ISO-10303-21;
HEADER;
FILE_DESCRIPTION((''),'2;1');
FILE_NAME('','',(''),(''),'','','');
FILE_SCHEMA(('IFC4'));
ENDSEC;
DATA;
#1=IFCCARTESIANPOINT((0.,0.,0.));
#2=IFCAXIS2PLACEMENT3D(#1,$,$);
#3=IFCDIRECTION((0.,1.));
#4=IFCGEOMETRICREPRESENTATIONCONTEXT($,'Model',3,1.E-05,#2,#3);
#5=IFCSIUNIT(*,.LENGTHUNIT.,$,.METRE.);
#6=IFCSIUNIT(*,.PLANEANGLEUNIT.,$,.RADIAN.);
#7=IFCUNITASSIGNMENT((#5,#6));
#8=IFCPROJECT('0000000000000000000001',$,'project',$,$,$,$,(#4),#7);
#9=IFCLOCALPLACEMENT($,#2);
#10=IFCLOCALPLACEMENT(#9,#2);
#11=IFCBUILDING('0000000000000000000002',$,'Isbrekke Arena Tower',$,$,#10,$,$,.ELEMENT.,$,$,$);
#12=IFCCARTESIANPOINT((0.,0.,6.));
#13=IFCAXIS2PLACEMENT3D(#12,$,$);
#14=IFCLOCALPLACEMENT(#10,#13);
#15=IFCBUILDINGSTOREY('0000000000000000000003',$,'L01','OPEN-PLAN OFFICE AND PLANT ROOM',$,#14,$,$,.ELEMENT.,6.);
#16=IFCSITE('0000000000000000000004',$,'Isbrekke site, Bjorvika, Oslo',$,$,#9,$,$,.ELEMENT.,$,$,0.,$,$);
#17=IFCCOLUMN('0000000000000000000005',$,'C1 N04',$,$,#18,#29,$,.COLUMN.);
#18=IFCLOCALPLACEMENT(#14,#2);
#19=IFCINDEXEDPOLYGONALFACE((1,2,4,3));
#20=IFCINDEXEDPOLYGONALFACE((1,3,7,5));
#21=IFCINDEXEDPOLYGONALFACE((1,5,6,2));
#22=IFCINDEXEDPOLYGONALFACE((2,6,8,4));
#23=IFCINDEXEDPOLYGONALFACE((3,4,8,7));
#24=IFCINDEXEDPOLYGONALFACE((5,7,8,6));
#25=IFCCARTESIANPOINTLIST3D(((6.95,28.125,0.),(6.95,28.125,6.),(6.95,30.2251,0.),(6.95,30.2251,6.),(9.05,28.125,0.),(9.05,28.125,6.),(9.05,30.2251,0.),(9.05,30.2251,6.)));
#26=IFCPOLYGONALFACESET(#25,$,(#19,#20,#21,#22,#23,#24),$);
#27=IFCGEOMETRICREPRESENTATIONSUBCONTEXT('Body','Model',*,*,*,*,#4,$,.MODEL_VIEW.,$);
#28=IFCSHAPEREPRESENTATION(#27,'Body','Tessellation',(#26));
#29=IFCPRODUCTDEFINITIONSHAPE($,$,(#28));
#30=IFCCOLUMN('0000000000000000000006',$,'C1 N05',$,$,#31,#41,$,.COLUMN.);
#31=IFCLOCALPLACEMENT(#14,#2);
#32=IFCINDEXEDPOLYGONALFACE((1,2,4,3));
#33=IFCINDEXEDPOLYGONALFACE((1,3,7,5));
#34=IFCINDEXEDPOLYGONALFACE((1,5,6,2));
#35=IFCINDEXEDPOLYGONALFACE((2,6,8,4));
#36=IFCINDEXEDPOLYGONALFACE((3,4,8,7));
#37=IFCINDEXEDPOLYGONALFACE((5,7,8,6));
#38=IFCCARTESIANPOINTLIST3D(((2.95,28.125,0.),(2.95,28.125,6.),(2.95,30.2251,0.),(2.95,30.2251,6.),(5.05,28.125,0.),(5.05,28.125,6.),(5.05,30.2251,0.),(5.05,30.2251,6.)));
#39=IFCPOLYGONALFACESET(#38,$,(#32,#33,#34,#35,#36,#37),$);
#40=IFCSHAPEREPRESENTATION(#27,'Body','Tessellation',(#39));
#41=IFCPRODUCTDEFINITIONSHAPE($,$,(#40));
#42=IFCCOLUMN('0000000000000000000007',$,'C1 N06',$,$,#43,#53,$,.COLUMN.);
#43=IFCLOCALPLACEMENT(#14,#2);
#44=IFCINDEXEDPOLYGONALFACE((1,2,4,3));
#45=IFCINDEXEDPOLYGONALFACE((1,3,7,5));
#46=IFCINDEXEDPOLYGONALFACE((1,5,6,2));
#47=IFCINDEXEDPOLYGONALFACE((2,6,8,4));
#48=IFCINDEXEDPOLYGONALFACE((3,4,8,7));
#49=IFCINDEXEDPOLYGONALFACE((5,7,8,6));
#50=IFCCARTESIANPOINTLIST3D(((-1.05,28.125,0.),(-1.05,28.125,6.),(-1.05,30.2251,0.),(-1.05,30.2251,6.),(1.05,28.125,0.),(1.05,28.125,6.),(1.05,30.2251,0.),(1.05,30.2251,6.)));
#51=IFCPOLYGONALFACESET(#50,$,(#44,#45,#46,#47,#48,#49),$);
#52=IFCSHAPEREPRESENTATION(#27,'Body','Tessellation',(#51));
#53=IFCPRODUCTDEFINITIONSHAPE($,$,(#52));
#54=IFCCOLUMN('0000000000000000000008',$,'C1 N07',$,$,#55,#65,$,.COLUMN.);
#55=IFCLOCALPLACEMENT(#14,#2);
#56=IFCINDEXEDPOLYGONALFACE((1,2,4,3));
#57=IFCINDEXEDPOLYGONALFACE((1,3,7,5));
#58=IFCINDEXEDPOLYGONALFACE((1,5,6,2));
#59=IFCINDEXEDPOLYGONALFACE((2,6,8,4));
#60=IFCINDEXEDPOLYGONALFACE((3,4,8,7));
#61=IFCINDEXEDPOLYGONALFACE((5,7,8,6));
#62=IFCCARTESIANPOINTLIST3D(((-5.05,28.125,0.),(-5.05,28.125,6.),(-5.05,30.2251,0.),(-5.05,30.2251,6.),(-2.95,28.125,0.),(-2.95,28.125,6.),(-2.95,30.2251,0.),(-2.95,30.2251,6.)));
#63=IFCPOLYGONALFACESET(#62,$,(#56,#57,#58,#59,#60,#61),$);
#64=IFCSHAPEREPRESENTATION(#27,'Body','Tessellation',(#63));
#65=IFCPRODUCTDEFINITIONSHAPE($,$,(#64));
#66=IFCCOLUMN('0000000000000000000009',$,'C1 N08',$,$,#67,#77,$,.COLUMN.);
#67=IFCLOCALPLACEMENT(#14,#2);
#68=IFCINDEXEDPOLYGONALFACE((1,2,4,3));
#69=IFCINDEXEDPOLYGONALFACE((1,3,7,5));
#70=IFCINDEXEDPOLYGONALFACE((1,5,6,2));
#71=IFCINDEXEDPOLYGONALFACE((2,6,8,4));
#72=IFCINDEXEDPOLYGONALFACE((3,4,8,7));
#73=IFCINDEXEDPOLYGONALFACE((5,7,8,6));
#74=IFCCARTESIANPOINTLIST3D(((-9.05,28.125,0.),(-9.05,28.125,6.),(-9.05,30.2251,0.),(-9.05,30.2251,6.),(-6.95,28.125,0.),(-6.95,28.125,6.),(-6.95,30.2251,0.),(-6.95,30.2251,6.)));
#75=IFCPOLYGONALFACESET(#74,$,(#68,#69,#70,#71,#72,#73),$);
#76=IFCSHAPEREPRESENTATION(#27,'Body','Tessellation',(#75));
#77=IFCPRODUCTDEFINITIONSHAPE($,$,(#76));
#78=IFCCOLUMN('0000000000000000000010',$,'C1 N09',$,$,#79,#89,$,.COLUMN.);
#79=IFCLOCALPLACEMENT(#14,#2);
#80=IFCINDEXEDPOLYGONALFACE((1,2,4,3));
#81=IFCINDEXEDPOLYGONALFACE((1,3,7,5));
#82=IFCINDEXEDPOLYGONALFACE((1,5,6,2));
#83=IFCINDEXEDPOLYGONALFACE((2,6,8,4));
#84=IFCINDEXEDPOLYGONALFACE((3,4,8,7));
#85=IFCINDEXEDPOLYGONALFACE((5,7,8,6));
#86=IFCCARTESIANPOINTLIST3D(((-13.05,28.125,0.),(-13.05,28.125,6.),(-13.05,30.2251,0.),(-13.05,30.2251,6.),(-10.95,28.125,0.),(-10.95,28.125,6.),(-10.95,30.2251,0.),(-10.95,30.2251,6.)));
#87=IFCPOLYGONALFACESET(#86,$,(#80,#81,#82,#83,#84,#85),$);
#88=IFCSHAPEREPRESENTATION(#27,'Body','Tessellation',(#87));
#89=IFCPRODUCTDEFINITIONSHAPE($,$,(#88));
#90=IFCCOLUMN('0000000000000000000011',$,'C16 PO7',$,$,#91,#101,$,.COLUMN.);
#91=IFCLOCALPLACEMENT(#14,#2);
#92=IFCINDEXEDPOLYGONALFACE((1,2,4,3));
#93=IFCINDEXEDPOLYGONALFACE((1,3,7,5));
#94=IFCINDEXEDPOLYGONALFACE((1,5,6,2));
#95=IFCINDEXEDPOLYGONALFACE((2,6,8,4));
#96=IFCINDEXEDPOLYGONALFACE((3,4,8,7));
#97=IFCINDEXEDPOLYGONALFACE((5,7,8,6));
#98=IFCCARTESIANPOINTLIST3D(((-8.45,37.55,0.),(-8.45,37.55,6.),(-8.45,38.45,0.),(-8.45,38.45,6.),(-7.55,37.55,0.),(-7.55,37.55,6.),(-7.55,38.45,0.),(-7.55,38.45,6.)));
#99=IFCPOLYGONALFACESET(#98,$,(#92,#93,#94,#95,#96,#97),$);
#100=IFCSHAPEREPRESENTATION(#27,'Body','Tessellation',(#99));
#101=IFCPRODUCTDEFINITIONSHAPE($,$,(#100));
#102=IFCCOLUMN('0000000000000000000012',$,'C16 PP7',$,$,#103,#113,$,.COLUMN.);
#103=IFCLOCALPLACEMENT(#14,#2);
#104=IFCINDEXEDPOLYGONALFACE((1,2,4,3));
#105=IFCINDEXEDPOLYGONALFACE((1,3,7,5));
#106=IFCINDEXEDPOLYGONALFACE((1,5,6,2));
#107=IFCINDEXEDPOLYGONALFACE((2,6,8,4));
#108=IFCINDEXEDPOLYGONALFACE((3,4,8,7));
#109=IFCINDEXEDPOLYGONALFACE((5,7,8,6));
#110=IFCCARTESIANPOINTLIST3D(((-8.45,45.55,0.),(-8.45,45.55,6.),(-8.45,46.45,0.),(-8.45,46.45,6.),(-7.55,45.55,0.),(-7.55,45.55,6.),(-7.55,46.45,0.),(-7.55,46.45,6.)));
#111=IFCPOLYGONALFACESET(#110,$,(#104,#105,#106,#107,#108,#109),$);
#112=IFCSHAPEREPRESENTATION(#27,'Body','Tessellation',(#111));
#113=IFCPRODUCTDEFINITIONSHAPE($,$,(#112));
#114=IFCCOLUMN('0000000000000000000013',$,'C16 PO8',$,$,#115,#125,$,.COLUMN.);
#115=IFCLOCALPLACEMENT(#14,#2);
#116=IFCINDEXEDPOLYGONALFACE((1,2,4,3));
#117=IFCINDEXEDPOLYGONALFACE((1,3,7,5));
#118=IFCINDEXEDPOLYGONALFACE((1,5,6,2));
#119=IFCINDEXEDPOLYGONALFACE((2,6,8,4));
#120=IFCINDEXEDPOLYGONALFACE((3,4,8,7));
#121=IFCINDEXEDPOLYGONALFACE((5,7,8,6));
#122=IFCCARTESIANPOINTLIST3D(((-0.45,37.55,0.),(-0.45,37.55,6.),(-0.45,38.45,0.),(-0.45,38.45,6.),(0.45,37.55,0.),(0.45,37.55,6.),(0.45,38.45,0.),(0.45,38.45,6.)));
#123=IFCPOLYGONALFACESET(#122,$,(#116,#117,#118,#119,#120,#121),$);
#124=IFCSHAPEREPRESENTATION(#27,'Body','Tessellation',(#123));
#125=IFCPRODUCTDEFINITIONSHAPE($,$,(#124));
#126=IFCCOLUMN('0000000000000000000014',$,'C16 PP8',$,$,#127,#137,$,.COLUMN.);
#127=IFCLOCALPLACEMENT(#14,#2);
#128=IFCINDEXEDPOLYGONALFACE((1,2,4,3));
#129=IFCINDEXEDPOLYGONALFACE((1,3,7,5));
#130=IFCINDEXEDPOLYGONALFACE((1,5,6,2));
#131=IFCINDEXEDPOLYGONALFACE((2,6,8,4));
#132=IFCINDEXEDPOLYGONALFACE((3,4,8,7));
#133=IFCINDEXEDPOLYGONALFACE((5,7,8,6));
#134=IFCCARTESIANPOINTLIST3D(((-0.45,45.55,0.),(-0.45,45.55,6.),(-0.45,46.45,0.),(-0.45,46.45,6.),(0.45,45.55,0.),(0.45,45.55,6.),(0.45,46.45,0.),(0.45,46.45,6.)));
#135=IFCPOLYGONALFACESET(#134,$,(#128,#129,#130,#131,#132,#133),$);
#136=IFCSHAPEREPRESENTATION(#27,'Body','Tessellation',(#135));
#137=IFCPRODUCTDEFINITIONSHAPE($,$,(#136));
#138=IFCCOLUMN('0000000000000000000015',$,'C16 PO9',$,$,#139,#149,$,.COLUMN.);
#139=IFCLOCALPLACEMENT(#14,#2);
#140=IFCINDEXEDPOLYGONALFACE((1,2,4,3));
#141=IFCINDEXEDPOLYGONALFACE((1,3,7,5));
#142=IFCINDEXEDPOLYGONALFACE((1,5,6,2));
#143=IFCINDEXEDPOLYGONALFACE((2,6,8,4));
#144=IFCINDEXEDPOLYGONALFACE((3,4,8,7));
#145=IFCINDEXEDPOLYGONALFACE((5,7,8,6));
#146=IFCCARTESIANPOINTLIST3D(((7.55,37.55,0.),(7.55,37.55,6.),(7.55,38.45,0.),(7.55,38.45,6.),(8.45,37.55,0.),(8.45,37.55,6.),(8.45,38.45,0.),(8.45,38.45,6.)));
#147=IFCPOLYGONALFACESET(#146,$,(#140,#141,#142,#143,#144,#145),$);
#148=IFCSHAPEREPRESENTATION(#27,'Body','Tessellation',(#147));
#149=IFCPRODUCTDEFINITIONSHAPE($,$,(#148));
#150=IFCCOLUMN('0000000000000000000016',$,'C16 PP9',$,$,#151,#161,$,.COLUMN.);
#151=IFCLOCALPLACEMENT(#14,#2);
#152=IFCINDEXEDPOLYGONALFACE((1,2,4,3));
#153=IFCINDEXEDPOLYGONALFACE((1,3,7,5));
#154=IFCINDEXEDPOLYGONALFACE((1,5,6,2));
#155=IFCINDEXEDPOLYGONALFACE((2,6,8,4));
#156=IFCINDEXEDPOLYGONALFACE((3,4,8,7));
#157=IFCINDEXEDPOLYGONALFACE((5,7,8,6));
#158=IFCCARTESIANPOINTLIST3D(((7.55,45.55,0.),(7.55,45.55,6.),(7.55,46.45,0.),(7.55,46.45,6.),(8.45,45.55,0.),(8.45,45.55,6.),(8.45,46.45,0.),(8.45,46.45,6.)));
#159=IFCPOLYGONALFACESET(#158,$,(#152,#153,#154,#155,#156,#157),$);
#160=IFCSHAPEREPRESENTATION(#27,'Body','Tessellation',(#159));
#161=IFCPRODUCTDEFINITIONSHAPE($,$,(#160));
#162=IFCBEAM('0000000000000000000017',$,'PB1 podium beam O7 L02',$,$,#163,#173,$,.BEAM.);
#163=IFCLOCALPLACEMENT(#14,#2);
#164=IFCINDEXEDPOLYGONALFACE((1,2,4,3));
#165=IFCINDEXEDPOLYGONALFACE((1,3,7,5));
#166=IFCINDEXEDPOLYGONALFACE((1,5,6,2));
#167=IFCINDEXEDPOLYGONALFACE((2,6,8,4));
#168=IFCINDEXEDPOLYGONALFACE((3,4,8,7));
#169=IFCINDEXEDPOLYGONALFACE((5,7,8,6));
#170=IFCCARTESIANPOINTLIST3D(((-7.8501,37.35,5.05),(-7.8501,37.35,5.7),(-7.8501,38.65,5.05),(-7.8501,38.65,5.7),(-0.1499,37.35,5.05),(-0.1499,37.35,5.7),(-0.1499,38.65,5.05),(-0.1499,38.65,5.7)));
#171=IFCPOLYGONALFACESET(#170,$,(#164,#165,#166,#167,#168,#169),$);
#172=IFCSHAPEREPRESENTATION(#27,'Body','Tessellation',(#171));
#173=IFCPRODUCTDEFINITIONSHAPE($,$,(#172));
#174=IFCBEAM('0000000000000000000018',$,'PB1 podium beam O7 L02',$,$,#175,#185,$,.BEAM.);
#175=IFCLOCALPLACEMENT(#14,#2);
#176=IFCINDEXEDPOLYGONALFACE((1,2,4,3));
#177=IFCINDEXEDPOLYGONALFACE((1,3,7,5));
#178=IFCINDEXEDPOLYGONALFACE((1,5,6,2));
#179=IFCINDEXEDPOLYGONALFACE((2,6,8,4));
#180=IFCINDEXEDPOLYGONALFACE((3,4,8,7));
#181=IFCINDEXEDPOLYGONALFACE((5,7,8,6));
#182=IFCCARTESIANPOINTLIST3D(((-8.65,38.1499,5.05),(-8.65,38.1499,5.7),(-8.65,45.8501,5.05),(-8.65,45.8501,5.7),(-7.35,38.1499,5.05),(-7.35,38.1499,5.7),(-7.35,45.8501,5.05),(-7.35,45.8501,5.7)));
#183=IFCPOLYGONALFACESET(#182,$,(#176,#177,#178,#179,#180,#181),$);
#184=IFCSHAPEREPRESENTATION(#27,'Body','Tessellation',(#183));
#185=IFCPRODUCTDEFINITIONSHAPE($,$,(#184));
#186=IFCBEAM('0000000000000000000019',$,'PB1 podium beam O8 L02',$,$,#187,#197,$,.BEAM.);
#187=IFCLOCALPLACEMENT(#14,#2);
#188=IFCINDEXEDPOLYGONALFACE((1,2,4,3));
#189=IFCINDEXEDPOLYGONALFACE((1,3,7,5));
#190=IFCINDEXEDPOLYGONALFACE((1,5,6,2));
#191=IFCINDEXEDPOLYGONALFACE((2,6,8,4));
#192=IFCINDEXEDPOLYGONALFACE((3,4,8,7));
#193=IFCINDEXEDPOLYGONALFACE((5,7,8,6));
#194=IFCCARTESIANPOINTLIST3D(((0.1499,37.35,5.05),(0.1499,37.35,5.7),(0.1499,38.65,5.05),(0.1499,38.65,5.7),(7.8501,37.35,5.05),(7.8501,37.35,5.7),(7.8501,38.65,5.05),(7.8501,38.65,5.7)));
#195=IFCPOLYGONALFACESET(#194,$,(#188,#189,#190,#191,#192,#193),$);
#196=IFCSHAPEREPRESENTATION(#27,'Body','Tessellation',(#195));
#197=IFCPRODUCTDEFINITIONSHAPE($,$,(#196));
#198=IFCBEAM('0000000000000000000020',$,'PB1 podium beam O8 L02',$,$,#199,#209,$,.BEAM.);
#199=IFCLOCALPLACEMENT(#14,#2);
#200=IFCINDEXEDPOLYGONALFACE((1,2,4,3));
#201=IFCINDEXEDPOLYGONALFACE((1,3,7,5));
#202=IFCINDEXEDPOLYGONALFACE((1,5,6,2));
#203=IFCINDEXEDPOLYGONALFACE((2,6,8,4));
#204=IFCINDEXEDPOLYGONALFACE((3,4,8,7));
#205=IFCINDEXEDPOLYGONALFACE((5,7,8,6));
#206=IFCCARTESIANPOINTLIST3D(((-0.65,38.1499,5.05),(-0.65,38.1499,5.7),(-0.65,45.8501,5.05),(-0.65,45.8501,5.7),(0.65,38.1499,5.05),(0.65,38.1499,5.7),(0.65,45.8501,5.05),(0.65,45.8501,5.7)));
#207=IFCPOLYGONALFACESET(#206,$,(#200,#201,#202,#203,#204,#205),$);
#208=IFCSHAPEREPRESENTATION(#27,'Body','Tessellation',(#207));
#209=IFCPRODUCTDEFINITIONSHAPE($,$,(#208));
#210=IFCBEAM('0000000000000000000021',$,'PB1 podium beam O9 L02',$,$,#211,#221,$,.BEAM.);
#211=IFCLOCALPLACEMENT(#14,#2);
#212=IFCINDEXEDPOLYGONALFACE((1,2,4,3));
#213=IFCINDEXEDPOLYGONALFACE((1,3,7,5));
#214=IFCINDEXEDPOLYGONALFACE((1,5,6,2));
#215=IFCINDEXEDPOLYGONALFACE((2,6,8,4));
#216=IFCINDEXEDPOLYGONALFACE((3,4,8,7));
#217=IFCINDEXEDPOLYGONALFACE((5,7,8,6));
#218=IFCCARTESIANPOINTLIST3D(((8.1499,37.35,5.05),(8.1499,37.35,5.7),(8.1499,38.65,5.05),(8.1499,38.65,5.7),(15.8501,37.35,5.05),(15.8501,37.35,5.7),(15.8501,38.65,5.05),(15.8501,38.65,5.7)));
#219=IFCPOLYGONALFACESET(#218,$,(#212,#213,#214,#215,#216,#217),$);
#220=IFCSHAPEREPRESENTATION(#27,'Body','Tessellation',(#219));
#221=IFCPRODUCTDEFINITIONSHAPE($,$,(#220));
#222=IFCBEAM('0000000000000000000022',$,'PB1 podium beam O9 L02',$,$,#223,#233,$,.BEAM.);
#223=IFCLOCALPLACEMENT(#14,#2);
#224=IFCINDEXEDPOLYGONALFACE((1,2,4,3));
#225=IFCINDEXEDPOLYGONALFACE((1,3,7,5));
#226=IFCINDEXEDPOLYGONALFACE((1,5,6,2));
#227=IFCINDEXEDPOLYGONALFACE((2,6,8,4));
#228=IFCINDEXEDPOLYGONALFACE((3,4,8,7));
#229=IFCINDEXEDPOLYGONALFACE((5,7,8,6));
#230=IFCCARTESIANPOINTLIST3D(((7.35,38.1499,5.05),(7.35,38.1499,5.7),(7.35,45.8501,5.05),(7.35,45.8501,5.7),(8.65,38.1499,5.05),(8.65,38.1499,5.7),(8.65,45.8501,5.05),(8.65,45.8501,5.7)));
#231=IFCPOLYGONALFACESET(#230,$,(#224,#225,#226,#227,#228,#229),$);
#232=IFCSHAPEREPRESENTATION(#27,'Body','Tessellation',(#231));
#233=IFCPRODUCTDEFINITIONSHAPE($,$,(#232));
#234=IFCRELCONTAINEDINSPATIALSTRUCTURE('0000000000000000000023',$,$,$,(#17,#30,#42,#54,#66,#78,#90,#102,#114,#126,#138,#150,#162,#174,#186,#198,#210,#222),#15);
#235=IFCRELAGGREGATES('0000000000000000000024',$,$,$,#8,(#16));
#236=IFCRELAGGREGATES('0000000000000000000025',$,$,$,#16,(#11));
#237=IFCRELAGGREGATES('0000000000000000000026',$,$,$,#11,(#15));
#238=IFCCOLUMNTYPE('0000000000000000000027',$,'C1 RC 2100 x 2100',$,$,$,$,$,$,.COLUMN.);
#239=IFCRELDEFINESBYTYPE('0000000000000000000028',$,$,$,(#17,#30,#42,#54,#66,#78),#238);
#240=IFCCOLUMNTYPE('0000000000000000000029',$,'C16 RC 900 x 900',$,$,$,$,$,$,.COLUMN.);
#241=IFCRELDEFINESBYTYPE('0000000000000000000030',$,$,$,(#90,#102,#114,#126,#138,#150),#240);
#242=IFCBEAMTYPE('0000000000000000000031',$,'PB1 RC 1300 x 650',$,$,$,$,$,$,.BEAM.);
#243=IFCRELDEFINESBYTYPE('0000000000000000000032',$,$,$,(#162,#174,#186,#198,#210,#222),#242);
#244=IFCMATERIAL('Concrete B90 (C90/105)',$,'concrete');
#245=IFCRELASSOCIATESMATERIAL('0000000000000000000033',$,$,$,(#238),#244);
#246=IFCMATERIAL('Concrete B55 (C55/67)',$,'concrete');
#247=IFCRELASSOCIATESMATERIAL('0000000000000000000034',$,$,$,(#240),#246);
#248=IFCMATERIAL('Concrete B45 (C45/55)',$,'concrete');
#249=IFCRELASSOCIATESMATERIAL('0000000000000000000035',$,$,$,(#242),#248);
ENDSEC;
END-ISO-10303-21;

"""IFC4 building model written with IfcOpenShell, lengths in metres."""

from ifc_helpers import new_model, si_unit, direction, frame, origin, origin_2d, place, context, subcontext, project, spatial, rectangle, extrude, material, material_profile, profile_set, type_object, element, save


model = new_model("IFC4")

# Units and contexts
model_context = context("Model", 3, precision=1e-05, world=origin(), true_north=direction((0.0, 1.0)))
body_context = subcontext(model_context, "Body", "Model", "MODEL_VIEW")
ifc_project = project(units=[si_unit("LENGTHUNIT", "METRE"), si_unit("PLANEANGLEUNIT", "RADIAN")], contexts=[model_context])

# Site, building, storey
site_placement = place(None, origin())
site = spatial("IfcSite", under=ifc_project, at=site_placement, Name="Isbrekke site, Bjorvika, Oslo", CompositionType="ELEMENT", RefElevation=0.0)
building_placement = place(site_placement, origin())
building = spatial("IfcBuilding", under=site, at=building_placement, Name="Isbrekke Arena Tower", CompositionType="ELEMENT")
storey_placement = place(building_placement, frame((0.0, 0.0, 6.0)))
storey = spatial("IfcBuildingStorey", under=building, at=storey_placement, Name="L01", Description="OPEN-PLAN OFFICE AND PLANT ROOM", CompositionType="ELEMENT", Elevation=6.0)

# Columns
ifc_material_1 = material(Name="Concrete B90 (C90/105)", Category="concrete")
ifc_material_profile_1 = material_profile(ifc_material_1, rectangle(XDim=2.1001, YDim=2.1001, at=origin_2d()), Name="RC 2100x2100")
ifc_profile_set_1 = profile_set([ifc_material_profile_1], Name="Concrete B90 (C90/105)")
column_type_1 = type_object("IfcColumnType", Name="C1 RC 2100 x 2100", PredefinedType="COLUMN", material=ifc_profile_set_1)
for number, where, z_axis, x_axis, name in (
    (1, (8.0, 29.175, 0.0), (0.0, 0.0, 1.0), (-1.0, 0.0, 0.0), "C1 N04"),
    (2, (4.0, 29.175, 0.0), (0.0, 0.0, 1.0), (-1.0, 0.0, 0.0), "C1 N05"),
    (3, (0.0, 29.175, 0.0), (0.0, 0.0, 1.0), (-1.0, 0.0, 0.0), "C1 N06"),
    (4, (-4.0, 29.175, 0.0), (0.0, 0.0, 1.0), (-1.0, 0.0, 0.0), "C1 N07"),
    (5, (-8.0, 29.175, 0.0), (0.0, 0.0, 1.0), (-1.0, 0.0, 0.0), "C1 N08"),
    (6, (-12.0, 29.175, 0.0), (0.0, 0.0, 1.0), (-1.0, 0.0, 0.0), "C1 N09"),
):
    element("IfcColumn", number, at=place(storey_placement, frame(where, z_axis=z_axis, x_axis=x_axis)), inside=storey, type_object=column_type_1, Name=name, PredefinedType="COLUMN", context=body_context, shape_type="SweptSolid", body=[
        extrude(rectangle(XDim=2.1001, YDim=2.1001, at=origin_2d()), origin(), (0.0, 0.0, 1.0), 6.0),
    ])
ifc_material_2 = material(Name="Concrete B55 (C55/67)", Category="concrete")
ifc_material_profile_2 = material_profile(ifc_material_2, rectangle(XDim=0.8999, YDim=0.8999, at=origin_2d()), Name="RC 900x900")
ifc_profile_set_2 = profile_set([ifc_material_profile_2], Name="Concrete B55 (C55/67)")
column_type_2 = type_object("IfcColumnType", Name="C16 RC 900 x 900", PredefinedType="COLUMN", material=ifc_profile_set_2)
for number, where, z_axis, x_axis, name in (
    (7, (-8.0, 38.0, 0.0), (0.0, 0.0, 1.0), (1.0, 0.0, 0.0), "C16 PO7"),
    (8, (-8.0, 46.0, 0.0), (0.0, 0.0, 1.0), (1.0, 0.0, 0.0), "C16 PP7"),
    (9, (0.0, 38.0, 0.0), (0.0, 0.0, 1.0), (1.0, 0.0, 0.0), "C16 PO8"),
    (10, (0.0, 46.0, 0.0), (0.0, 0.0, 1.0), (1.0, 0.0, 0.0), "C16 PP8"),
    (11, (8.0, 38.0, 0.0), (0.0, 0.0, 1.0), (1.0, 0.0, 0.0), "C16 PO9"),
    (12, (8.0, 46.0, 0.0), (0.0, 0.0, 1.0), (1.0, 0.0, 0.0), "C16 PP9"),
):
    element("IfcColumn", number, at=place(storey_placement, frame(where, z_axis=z_axis, x_axis=x_axis)), inside=storey, type_object=column_type_2, Name=name, PredefinedType="COLUMN", context=body_context, shape_type="SweptSolid", body=[
        extrude(rectangle(XDim=0.8999, YDim=0.8999, at=origin_2d()), origin(), (0.0, 0.0, 1.0), 6.0),
    ])

# Beams
ifc_material_3 = material(Name="Concrete B45 (C45/55)", Category="concrete")
ifc_material_profile_3 = material_profile(ifc_material_3, rectangle(XDim=1.3, YDim=0.6499, at=origin_2d()), Name="RC 1300x650")
ifc_profile_set_3 = profile_set([ifc_material_profile_3], Name="Concrete B45 (C45/55)")
beam_type = type_object("IfcBeamType", Name="PB1 RC 1300 x 650", PredefinedType="BEAM", material=ifc_profile_set_3)
for number, where, z_axis, x_axis, name in (
    (13, (-7.8501, 38.0, 5.375), (1.0, 0.0, 0.0), (0.0, 1.0, 0.0), "PB1 podium beam O7 L02"),
    (14, (-8.0, 38.1499, 5.375), (0.0, 1.0, 0.0), (-1.0, 0.0, 0.0), "PB1 podium beam O7 L02"),
    (15, (0.1499, 38.0, 5.375), (1.0, 0.0, 0.0), (0.0, 1.0, 0.0), "PB1 podium beam O8 L02"),
    (16, (0.0, 38.1499, 5.375), (0.0, 1.0, 0.0), (-1.0, 0.0, 0.0), "PB1 podium beam O8 L02"),
    (17, (8.1499, 38.0, 5.375), (1.0, 0.0, 0.0), (0.0, 1.0, 0.0), "PB1 podium beam O9 L02"),
    (18, (8.0, 38.1499, 5.375), (0.0, 1.0, 0.0), (-1.0, 0.0, 0.0), "PB1 podium beam O9 L02"),
):
    element("IfcBeam", number, at=place(storey_placement, frame(where, z_axis=z_axis, x_axis=x_axis)), inside=storey, type_object=beam_type, Name=name, PredefinedType="BEAM", context=body_context, shape_type="SweptSolid", body=[
        extrude(rectangle(XDim=1.3, YDim=0.6499, at=origin_2d()), origin(), (0.0, 0.0, 1.0), 7.7002),
    ])

save(model, "model.ifc")
